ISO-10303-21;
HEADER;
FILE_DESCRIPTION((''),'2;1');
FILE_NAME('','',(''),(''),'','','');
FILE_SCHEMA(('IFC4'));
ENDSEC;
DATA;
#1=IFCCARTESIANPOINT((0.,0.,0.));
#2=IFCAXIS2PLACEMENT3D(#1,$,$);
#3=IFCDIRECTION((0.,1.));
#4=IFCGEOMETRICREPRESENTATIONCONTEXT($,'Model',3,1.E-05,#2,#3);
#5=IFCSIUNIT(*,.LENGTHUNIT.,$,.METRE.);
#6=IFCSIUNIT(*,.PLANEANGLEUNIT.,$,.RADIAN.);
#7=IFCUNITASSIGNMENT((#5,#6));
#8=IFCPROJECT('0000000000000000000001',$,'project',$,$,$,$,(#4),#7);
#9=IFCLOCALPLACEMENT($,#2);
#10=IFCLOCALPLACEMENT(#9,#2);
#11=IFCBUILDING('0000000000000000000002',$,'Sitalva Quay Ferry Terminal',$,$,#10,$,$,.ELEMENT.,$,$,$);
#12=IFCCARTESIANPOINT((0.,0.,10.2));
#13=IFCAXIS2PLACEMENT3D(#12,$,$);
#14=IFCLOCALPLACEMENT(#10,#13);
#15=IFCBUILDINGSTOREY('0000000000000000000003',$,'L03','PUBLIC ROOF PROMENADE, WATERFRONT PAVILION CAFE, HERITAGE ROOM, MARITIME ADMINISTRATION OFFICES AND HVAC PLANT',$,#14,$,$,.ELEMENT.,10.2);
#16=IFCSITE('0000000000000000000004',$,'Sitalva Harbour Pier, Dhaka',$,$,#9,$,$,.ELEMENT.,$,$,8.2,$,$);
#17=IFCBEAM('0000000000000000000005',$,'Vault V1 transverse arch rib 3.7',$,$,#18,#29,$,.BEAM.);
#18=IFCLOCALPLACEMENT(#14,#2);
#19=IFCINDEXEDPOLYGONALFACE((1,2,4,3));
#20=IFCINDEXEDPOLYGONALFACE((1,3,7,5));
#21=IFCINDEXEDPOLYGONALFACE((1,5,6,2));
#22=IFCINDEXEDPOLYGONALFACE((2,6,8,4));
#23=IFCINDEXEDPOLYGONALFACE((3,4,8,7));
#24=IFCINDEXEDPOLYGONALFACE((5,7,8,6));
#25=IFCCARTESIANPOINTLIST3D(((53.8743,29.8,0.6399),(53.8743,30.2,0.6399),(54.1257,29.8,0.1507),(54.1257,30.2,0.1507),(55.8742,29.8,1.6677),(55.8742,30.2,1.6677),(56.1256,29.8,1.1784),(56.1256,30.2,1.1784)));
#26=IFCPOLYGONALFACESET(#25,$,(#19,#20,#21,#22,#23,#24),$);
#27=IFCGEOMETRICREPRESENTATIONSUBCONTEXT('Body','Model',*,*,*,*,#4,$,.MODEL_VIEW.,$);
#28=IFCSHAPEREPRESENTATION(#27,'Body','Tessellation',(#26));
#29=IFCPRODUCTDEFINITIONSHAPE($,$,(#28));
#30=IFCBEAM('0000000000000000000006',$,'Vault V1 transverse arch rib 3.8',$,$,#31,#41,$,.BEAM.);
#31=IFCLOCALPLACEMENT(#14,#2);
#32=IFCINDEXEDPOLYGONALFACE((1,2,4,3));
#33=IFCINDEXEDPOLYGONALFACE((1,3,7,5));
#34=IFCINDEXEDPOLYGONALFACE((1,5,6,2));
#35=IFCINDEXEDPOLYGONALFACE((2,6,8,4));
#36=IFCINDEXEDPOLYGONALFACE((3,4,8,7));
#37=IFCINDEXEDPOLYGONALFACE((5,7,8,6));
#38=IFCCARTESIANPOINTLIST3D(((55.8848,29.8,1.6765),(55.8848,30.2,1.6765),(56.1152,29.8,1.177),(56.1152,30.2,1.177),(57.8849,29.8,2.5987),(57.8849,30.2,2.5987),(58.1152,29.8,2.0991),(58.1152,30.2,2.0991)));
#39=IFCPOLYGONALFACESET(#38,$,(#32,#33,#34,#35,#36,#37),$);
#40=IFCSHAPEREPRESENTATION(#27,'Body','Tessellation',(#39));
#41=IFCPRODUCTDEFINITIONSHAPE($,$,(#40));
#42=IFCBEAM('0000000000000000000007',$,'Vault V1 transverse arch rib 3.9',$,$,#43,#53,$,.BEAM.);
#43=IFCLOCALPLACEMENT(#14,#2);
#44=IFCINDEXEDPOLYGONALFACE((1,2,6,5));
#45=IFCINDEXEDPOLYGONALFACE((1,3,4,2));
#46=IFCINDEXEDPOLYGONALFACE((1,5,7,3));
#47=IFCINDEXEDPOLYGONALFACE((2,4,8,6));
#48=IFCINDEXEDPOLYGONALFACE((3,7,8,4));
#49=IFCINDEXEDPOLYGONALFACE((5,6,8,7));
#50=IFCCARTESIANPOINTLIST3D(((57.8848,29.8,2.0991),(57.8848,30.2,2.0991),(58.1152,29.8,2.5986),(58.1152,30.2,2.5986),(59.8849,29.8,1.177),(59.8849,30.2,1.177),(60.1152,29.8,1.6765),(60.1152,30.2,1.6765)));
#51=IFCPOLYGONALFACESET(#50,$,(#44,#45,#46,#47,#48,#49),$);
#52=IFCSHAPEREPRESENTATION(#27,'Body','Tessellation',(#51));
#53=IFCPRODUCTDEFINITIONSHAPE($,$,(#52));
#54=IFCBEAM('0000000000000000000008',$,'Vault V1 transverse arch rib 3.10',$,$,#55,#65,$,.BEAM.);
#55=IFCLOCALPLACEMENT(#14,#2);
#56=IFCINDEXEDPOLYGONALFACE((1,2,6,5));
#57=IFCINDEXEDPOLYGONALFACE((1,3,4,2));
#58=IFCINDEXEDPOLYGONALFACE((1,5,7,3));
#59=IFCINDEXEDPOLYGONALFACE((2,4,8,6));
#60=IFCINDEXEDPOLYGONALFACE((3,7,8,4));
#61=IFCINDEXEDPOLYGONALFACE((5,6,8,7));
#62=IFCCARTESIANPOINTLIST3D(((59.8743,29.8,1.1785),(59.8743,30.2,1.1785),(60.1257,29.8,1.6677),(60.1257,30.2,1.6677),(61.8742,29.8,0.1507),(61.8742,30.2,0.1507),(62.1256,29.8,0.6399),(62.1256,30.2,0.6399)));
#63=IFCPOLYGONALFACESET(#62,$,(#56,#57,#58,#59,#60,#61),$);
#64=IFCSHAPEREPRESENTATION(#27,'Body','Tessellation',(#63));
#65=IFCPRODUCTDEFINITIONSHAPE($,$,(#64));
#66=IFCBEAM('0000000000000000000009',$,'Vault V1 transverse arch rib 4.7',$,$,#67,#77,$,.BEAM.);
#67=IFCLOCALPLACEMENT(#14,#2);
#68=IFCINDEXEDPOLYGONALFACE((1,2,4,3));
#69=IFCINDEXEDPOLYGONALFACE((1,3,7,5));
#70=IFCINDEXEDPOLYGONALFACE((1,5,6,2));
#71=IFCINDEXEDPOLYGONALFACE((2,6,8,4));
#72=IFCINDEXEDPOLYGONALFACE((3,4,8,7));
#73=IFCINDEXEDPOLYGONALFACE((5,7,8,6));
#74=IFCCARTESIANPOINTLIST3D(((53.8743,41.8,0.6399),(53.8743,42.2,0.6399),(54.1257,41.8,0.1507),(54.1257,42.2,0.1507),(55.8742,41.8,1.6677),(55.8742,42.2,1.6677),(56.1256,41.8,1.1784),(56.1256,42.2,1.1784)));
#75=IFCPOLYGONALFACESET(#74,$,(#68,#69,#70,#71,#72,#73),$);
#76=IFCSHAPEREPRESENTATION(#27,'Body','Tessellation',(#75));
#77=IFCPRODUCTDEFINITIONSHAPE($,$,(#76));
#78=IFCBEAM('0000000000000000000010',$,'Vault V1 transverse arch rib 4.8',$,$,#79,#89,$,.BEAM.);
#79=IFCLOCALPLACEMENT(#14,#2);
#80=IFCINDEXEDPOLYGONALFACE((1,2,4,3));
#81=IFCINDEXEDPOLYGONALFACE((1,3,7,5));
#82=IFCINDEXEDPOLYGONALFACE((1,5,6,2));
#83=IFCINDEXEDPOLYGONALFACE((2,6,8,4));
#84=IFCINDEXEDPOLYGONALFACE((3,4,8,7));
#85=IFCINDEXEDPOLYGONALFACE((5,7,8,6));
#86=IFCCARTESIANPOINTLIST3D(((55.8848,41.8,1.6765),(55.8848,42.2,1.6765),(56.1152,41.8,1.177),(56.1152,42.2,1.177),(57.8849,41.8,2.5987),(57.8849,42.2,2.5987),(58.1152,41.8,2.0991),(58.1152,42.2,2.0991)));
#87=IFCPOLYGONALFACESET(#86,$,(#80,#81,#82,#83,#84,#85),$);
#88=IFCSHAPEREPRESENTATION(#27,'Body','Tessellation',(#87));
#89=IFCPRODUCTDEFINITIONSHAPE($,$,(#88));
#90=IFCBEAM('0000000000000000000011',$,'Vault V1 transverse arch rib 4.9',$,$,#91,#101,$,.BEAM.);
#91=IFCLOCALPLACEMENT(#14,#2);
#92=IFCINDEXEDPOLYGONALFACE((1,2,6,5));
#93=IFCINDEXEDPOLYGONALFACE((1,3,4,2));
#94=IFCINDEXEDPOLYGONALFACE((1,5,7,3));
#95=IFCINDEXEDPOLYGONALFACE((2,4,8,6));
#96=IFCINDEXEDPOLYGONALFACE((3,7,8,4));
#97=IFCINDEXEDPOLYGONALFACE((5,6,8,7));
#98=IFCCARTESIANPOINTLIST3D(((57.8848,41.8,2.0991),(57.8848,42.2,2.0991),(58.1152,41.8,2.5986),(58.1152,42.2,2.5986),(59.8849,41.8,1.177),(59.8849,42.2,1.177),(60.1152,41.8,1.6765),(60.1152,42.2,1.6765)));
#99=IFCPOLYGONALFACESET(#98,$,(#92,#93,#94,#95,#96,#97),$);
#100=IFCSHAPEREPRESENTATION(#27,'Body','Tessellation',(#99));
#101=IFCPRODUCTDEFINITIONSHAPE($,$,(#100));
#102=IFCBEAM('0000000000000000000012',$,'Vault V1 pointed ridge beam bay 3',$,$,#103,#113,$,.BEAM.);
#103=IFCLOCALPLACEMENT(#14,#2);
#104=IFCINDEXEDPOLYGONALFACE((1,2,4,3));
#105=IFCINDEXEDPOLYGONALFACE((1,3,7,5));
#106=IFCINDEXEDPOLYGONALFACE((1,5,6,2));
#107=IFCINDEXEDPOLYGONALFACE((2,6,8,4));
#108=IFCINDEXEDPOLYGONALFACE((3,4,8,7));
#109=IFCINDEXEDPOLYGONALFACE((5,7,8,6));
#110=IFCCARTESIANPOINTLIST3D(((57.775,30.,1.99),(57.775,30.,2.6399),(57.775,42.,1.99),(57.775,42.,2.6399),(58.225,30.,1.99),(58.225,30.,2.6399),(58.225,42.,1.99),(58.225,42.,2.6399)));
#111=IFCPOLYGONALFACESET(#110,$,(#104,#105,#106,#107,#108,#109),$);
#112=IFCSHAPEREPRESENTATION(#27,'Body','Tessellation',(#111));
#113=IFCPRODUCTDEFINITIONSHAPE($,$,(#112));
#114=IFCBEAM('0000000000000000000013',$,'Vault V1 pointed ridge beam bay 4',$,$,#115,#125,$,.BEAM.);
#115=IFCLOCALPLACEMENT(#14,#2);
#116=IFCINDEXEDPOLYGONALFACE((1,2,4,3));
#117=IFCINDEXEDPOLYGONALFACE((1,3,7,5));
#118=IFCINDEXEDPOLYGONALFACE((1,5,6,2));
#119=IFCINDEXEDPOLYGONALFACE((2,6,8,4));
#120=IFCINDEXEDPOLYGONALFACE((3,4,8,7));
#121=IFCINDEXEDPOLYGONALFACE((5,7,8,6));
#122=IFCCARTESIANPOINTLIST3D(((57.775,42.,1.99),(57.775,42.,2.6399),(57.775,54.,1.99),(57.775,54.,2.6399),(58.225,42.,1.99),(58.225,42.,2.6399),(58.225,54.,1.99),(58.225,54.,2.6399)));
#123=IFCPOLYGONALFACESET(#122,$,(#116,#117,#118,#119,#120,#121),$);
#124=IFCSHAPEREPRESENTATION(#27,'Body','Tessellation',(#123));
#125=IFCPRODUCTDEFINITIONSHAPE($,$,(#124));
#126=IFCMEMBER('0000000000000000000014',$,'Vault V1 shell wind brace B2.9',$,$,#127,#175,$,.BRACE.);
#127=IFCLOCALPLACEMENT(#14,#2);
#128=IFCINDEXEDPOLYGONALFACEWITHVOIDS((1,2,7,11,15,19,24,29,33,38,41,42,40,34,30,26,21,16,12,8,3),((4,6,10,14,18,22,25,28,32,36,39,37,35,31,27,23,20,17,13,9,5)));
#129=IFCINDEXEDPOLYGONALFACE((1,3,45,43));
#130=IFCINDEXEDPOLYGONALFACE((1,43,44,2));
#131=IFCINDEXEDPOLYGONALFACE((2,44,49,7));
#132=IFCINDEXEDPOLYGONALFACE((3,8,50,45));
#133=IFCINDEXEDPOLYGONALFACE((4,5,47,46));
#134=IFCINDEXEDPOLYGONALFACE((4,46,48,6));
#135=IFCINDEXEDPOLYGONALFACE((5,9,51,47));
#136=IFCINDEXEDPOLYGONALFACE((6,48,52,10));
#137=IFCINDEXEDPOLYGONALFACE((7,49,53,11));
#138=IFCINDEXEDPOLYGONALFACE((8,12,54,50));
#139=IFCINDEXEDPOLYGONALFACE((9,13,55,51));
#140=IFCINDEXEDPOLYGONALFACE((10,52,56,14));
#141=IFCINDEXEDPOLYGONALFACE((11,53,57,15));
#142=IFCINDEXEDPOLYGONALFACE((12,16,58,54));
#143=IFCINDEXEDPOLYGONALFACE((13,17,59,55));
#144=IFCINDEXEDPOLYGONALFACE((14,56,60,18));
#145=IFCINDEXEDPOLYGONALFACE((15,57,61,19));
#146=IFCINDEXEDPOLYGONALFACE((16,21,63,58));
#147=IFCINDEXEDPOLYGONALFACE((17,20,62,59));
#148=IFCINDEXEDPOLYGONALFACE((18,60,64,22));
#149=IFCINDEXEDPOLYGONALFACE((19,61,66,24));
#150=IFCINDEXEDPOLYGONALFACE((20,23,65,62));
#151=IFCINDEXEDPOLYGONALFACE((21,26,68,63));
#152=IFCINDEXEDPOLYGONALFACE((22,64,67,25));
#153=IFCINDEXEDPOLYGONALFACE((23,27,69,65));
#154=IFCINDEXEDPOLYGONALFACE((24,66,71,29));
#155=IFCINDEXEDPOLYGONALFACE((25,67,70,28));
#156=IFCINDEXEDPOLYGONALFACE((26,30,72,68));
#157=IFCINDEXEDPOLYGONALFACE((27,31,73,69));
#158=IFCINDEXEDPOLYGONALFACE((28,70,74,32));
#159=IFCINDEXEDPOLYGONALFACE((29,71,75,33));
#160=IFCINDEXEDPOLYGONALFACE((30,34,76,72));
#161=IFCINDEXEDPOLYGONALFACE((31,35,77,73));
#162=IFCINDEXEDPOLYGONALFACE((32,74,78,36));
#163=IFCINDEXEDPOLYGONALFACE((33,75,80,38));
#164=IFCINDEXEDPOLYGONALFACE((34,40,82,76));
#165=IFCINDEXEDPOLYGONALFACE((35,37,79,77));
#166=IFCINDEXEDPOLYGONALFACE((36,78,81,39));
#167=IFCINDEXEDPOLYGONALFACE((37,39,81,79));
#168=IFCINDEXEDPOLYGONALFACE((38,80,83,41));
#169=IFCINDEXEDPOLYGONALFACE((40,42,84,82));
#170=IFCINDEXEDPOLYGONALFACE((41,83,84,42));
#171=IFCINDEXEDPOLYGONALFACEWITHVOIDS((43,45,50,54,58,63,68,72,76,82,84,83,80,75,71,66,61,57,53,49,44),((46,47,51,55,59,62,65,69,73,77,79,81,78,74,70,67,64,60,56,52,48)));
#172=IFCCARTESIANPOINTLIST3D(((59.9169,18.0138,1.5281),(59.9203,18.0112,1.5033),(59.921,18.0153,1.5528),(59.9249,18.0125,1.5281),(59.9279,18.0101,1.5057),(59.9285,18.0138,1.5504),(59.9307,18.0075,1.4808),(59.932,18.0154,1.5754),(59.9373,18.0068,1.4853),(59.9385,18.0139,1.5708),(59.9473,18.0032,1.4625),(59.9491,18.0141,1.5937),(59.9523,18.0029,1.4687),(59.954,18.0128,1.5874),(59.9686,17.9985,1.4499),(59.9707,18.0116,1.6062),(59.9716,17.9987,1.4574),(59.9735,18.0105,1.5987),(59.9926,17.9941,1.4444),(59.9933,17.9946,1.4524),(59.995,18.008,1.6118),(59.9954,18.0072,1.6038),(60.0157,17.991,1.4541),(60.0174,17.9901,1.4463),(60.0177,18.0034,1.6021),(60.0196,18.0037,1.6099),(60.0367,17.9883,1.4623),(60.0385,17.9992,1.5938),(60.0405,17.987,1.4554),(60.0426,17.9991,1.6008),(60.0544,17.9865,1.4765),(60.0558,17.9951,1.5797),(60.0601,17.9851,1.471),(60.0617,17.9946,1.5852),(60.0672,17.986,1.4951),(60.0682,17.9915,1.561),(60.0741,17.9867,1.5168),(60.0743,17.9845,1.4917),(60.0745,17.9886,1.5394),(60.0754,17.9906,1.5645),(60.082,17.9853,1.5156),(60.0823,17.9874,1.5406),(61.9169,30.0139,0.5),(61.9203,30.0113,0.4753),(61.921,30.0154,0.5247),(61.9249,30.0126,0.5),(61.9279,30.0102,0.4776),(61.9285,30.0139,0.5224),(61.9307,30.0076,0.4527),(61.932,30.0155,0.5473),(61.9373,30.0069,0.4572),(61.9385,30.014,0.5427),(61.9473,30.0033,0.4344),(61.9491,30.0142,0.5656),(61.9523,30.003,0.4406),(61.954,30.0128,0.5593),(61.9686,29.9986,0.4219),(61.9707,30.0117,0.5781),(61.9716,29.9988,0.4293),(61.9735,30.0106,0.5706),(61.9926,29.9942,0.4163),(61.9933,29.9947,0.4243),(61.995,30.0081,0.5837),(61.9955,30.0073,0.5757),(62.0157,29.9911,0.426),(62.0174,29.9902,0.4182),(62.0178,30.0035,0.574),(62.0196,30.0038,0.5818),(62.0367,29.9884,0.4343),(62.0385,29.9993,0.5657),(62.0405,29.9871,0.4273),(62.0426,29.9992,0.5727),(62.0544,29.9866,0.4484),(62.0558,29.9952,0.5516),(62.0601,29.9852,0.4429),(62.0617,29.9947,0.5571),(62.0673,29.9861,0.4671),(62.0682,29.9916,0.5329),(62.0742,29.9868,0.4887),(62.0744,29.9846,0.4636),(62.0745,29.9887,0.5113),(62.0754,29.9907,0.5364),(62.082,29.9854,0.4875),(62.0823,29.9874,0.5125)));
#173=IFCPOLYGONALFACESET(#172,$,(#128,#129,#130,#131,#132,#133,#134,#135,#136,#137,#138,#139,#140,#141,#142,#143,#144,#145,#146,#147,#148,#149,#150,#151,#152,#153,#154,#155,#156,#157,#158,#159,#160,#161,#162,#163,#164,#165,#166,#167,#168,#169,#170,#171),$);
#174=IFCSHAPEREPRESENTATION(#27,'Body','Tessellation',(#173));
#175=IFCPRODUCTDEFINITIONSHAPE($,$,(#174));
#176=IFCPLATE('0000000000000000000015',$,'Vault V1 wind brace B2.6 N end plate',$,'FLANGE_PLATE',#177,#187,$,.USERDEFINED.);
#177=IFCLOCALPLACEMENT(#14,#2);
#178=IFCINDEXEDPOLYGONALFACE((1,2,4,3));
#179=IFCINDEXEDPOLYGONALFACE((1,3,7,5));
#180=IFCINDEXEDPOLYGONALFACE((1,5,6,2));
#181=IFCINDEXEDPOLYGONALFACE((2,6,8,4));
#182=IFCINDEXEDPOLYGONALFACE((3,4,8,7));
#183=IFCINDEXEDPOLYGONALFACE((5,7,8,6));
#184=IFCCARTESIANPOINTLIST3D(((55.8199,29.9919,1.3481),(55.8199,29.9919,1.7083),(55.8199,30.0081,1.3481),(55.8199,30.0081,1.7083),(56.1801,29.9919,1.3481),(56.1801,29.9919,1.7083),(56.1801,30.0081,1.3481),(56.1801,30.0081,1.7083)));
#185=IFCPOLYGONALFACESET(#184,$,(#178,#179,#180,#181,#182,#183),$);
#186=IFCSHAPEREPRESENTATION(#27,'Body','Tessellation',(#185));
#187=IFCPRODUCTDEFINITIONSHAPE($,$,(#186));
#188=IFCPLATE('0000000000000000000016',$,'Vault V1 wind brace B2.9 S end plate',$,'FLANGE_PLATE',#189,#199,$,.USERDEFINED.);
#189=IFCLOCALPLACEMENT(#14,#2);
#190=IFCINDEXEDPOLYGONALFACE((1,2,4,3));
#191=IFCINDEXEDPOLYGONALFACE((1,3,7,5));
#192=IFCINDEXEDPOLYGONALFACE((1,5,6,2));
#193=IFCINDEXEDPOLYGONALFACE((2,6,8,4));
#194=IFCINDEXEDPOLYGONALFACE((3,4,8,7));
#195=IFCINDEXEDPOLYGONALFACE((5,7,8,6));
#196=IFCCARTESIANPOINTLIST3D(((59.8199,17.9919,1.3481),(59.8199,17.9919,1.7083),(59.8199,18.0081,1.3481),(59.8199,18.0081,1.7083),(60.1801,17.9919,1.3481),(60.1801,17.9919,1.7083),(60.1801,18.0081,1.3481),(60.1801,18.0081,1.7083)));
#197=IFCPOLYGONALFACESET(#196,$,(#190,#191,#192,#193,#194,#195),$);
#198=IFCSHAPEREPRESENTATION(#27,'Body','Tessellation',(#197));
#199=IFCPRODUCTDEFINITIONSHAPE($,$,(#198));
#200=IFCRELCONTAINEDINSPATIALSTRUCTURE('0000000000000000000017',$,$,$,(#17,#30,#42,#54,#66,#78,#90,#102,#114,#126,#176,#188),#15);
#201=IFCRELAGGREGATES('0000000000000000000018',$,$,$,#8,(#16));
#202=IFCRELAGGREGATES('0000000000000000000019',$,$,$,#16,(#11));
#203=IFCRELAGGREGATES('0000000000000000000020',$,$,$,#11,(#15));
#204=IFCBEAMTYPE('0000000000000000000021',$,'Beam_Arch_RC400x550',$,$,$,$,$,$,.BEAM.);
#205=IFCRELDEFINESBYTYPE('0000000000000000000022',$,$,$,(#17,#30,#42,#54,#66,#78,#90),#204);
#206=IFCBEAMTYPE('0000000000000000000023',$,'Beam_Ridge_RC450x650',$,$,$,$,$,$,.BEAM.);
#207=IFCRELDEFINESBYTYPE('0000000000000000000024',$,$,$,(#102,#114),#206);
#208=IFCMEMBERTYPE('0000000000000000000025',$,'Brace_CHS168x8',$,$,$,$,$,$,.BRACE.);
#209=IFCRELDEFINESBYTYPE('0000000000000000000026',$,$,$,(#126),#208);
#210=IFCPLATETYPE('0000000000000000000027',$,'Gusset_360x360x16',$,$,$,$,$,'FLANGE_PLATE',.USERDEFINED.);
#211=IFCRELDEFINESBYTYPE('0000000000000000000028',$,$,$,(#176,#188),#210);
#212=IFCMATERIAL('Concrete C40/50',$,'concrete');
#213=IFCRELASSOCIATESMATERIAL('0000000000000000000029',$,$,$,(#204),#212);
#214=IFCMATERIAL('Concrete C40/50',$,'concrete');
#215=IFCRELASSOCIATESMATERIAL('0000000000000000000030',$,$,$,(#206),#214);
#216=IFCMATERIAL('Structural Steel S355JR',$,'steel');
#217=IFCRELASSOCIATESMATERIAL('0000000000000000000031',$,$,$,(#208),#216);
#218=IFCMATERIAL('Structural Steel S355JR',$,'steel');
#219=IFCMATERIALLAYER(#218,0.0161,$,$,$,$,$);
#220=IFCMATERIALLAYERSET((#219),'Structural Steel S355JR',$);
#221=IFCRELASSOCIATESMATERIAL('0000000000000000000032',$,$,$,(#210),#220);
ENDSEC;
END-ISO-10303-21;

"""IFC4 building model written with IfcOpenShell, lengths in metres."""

from ifc_helpers import new_model, si_unit, direction, frame, origin, origin_2d, place, context, subcontext, project, spatial, rectangle, hollow_circle, extrude, material, layer, layer_set, material_profile, profile_set, type_object, element, save


model = new_model("IFC4")

# Units and contexts
model_context = context("Model", 3, precision=1e-05, world=origin(), true_north=direction((0.0, 1.0)))
body_context = subcontext(model_context, "Body", "Model", "MODEL_VIEW")
ifc_project = project(units=[si_unit("LENGTHUNIT", "METRE"), si_unit("PLANEANGLEUNIT", "RADIAN")], contexts=[model_context])

# Site, building, storey
site_placement = place(None, origin())
site = spatial("IfcSite", under=ifc_project, at=site_placement, Name="Sitalva Harbour Pier, Dhaka", CompositionType="ELEMENT", RefElevation=8.2)
building_placement = place(site_placement, origin())
building = spatial("IfcBuilding", under=site, at=building_placement, Name="Sitalva Quay Ferry Terminal", CompositionType="ELEMENT")
storey_placement = place(building_placement, frame((0.0, 0.0, 10.2)))
storey = spatial("IfcBuildingStorey", under=building, at=storey_placement, Name="L03", Description="PUBLIC ROOF PROMENADE, WATERFRONT PAVILION CAFE, HERITAGE ROOM, MARITIME ADMINISTRATION OFFICES AND HVAC PLANT", CompositionType="ELEMENT", Elevation=10.2)

# Beams
ifc_material_1 = material(Name="Concrete C40/50", Category="concrete")
ifc_material_profile_1 = material_profile(ifc_material_1, rectangle(XDim=0.3999, YDim=0.55, at=origin_2d()), Name="RC400x550")
ifc_profile_set_1 = profile_set([ifc_material_profile_1], Name="Concrete C40/50")
beam_type_1 = type_object("IfcBeamType", Name="Beam_Arch_RC400x550", PredefinedType="BEAM", material=ifc_profile_set_1)
beam_placement = place(storey_placement, frame((54.0, 30.0, 0.3953), z_axis=(0.889421, 0.0, 0.457088), x_axis=(0.0, 1.0, 0.0)))
element("IfcBeam", 1, at=beam_placement, inside=storey, type_object=beam_type_1, Name="Vault V1 transverse arch rib 3.7", PredefinedType="BEAM", context=body_context, shape_type="SweptSolid", body=[
    extrude(rectangle(XDim=0.3999, YDim=0.55, at=origin_2d()), origin(), (0.0, 0.0, 1.0), 2.2485),
])
for number, where, z_axis, x_axis, name in (
    (2, (56.0, 30.0, 1.4268), (0.908125, 0.0, 0.4187), (0.0, 1.0, 0.0), "Vault V1 transverse arch rib 3.8"),
    (3, (58.0, 30.0, 2.3489), (0.908125, 0.0, -0.4187), (0.0, 1.0, 0.0), "Vault V1 transverse arch rib 3.9"),
):
    element("IfcBeam", number, at=place(storey_placement, frame(where, z_axis=z_axis, x_axis=x_axis)), inside=storey, type_object=beam_type_1, Name=name, PredefinedType="BEAM", context=body_context, shape_type="SweptSolid", body=[
        extrude(rectangle(XDim=0.3999, YDim=0.55, at=origin_2d()), origin(), (0.0, 0.0, 1.0), 2.2024),
    ])
for number, where, z_axis, x_axis, name in (
    (4, (60.0, 30.0, 1.4231), (0.889421, 0.0, -0.457088), (0.0, 1.0, 0.0), "Vault V1 transverse arch rib 3.10"),
    (5, (54.0, 42.0, 0.3953), (0.889421, 0.0, 0.457088), (0.0, 1.0, 0.0), "Vault V1 transverse arch rib 4.7"),
):
    element("IfcBeam", number, at=place(storey_placement, frame(where, z_axis=z_axis, x_axis=x_axis)), inside=storey, type_object=beam_type_1, Name=name, PredefinedType="BEAM", context=body_context, shape_type="SweptSolid", body=[
        extrude(rectangle(XDim=0.3999, YDim=0.55, at=origin_2d()), origin(), (0.0, 0.0, 1.0), 2.2485),
    ])
for number, where, z_axis, x_axis, name in (
    (6, (56.0, 42.0, 1.4268), (0.908125, 0.0, 0.4187), (0.0, 1.0, 0.0), "Vault V1 transverse arch rib 4.8"),
    (7, (58.0, 42.0, 2.3489), (0.908125, 0.0, -0.4187), (0.0, 1.0, 0.0), "Vault V1 transverse arch rib 4.9"),
):
    element("IfcBeam", number, at=place(storey_placement, frame(where, z_axis=z_axis, x_axis=x_axis)), inside=storey, type_object=beam_type_1, Name=name, PredefinedType="BEAM", context=body_context, shape_type="SweptSolid", body=[
        extrude(rectangle(XDim=0.3999, YDim=0.55, at=origin_2d()), origin(), (0.0, 0.0, 1.0), 2.2024),
    ])
ifc_material_2 = material(Name="Concrete C40/50", Category="concrete")
ifc_material_profile_2 = material_profile(ifc_material_2, rectangle(XDim=0.45, YDim=0.6499, at=origin_2d()), Name="RC450x650")
ifc_profile_set_2 = profile_set([ifc_material_profile_2], Name="Concrete C40/50")
beam_type_2 = type_object("IfcBeamType", Name="Beam_Ridge_RC450x650", PredefinedType="BEAM", material=ifc_profile_set_2)
for number, where, z_axis, x_axis, name in (
    (8, (58.0, 30.0, 2.3149), (0.0, 1.0, 0.0), (-1.0, 0.0, 0.0), "Vault V1 pointed ridge beam bay 3"),
    (9, (58.0, 42.0, 2.3149), (0.0, 1.0, 0.0), (-1.0, 0.0, 0.0), "Vault V1 pointed ridge beam bay 4"),
):
    element("IfcBeam", number, at=place(storey_placement, frame(where, z_axis=z_axis, x_axis=x_axis)), inside=storey, type_object=beam_type_2, Name=name, PredefinedType="BEAM", context=body_context, shape_type="SweptSolid", body=[
        extrude(rectangle(XDim=0.45, YDim=0.6499, at=origin_2d()), origin(), (0.0, 0.0, 1.0), 12.0),
    ])

# Member
ifc_material_3 = material(Name="Structural Steel S355JR", Category="steel")
ifc_material_profile_3 = material_profile(ifc_material_3, hollow_circle(Radius=0.0842, WallThickness=0.0081, at=origin_2d()), Name="CHS168x8")
ifc_profile_set_3 = profile_set([ifc_material_profile_3], Name="Structural Steel S355JR")
member_type = type_object("IfcMemberType", Name="Brace_CHS168x8", PredefinedType="BRACE", material=ifc_profile_set_3)
member_placement = place(storey_placement, frame((60.0, 18.0, 1.5281), z_axis=(0.163815, 0.982891, -0.084207), x_axis=(-0.986394, 0.164399, 0.0)))
element("IfcMember", 10, at=member_placement, inside=storey, type_object=member_type, Name="Vault V1 shell wind brace B2.9", PredefinedType="BRACE", context=body_context, shape_type="SweptSolid", body=[
    extrude(hollow_circle(Radius=0.0842, WallThickness=0.0081, at=origin_2d()), origin(), (0.0, 0.0, 1.0), 12.209),
])

# Plates
ifc_material_4 = material(Name="Structural Steel S355JR", Category="steel")
ifc_layer_1 = layer(ifc_material_4, 0.0161)
ifc_layer_set_1 = layer_set([ifc_layer_1], Name="Structural Steel S355JR")
plate_type = type_object("IfcPlateType", Name="Gusset_360x360x16", ElementType="FLANGE_PLATE", PredefinedType="USERDEFINED", material=ifc_layer_set_1)
for number, where, z_axis, x_axis, name in (
    (11, (56.0, 30.0, 1.3481), (0.0, 0.0, 1.0), (1.0, 0.0, 0.0), "Vault V1 wind brace B2.6 N end plate"),
    (12, (60.0, 18.0, 1.3481), (0.0, 0.0, 1.0), (1.0, 0.0, 0.0), "Vault V1 wind brace B2.9 S end plate"),
):
    element("IfcPlate", number, at=place(storey_placement, frame(where, z_axis=z_axis, x_axis=x_axis)), inside=storey, type_object=plate_type, Name=name, ObjectType="FLANGE_PLATE", PredefinedType="USERDEFINED", context=body_context, shape_type="SweptSolid", body=[
        extrude(rectangle(XDim=0.3601, YDim=0.0161, at=origin_2d()), origin(), (0.0, 0.0, 1.0), 0.3601),
    ])

save(model, "model.ifc")
